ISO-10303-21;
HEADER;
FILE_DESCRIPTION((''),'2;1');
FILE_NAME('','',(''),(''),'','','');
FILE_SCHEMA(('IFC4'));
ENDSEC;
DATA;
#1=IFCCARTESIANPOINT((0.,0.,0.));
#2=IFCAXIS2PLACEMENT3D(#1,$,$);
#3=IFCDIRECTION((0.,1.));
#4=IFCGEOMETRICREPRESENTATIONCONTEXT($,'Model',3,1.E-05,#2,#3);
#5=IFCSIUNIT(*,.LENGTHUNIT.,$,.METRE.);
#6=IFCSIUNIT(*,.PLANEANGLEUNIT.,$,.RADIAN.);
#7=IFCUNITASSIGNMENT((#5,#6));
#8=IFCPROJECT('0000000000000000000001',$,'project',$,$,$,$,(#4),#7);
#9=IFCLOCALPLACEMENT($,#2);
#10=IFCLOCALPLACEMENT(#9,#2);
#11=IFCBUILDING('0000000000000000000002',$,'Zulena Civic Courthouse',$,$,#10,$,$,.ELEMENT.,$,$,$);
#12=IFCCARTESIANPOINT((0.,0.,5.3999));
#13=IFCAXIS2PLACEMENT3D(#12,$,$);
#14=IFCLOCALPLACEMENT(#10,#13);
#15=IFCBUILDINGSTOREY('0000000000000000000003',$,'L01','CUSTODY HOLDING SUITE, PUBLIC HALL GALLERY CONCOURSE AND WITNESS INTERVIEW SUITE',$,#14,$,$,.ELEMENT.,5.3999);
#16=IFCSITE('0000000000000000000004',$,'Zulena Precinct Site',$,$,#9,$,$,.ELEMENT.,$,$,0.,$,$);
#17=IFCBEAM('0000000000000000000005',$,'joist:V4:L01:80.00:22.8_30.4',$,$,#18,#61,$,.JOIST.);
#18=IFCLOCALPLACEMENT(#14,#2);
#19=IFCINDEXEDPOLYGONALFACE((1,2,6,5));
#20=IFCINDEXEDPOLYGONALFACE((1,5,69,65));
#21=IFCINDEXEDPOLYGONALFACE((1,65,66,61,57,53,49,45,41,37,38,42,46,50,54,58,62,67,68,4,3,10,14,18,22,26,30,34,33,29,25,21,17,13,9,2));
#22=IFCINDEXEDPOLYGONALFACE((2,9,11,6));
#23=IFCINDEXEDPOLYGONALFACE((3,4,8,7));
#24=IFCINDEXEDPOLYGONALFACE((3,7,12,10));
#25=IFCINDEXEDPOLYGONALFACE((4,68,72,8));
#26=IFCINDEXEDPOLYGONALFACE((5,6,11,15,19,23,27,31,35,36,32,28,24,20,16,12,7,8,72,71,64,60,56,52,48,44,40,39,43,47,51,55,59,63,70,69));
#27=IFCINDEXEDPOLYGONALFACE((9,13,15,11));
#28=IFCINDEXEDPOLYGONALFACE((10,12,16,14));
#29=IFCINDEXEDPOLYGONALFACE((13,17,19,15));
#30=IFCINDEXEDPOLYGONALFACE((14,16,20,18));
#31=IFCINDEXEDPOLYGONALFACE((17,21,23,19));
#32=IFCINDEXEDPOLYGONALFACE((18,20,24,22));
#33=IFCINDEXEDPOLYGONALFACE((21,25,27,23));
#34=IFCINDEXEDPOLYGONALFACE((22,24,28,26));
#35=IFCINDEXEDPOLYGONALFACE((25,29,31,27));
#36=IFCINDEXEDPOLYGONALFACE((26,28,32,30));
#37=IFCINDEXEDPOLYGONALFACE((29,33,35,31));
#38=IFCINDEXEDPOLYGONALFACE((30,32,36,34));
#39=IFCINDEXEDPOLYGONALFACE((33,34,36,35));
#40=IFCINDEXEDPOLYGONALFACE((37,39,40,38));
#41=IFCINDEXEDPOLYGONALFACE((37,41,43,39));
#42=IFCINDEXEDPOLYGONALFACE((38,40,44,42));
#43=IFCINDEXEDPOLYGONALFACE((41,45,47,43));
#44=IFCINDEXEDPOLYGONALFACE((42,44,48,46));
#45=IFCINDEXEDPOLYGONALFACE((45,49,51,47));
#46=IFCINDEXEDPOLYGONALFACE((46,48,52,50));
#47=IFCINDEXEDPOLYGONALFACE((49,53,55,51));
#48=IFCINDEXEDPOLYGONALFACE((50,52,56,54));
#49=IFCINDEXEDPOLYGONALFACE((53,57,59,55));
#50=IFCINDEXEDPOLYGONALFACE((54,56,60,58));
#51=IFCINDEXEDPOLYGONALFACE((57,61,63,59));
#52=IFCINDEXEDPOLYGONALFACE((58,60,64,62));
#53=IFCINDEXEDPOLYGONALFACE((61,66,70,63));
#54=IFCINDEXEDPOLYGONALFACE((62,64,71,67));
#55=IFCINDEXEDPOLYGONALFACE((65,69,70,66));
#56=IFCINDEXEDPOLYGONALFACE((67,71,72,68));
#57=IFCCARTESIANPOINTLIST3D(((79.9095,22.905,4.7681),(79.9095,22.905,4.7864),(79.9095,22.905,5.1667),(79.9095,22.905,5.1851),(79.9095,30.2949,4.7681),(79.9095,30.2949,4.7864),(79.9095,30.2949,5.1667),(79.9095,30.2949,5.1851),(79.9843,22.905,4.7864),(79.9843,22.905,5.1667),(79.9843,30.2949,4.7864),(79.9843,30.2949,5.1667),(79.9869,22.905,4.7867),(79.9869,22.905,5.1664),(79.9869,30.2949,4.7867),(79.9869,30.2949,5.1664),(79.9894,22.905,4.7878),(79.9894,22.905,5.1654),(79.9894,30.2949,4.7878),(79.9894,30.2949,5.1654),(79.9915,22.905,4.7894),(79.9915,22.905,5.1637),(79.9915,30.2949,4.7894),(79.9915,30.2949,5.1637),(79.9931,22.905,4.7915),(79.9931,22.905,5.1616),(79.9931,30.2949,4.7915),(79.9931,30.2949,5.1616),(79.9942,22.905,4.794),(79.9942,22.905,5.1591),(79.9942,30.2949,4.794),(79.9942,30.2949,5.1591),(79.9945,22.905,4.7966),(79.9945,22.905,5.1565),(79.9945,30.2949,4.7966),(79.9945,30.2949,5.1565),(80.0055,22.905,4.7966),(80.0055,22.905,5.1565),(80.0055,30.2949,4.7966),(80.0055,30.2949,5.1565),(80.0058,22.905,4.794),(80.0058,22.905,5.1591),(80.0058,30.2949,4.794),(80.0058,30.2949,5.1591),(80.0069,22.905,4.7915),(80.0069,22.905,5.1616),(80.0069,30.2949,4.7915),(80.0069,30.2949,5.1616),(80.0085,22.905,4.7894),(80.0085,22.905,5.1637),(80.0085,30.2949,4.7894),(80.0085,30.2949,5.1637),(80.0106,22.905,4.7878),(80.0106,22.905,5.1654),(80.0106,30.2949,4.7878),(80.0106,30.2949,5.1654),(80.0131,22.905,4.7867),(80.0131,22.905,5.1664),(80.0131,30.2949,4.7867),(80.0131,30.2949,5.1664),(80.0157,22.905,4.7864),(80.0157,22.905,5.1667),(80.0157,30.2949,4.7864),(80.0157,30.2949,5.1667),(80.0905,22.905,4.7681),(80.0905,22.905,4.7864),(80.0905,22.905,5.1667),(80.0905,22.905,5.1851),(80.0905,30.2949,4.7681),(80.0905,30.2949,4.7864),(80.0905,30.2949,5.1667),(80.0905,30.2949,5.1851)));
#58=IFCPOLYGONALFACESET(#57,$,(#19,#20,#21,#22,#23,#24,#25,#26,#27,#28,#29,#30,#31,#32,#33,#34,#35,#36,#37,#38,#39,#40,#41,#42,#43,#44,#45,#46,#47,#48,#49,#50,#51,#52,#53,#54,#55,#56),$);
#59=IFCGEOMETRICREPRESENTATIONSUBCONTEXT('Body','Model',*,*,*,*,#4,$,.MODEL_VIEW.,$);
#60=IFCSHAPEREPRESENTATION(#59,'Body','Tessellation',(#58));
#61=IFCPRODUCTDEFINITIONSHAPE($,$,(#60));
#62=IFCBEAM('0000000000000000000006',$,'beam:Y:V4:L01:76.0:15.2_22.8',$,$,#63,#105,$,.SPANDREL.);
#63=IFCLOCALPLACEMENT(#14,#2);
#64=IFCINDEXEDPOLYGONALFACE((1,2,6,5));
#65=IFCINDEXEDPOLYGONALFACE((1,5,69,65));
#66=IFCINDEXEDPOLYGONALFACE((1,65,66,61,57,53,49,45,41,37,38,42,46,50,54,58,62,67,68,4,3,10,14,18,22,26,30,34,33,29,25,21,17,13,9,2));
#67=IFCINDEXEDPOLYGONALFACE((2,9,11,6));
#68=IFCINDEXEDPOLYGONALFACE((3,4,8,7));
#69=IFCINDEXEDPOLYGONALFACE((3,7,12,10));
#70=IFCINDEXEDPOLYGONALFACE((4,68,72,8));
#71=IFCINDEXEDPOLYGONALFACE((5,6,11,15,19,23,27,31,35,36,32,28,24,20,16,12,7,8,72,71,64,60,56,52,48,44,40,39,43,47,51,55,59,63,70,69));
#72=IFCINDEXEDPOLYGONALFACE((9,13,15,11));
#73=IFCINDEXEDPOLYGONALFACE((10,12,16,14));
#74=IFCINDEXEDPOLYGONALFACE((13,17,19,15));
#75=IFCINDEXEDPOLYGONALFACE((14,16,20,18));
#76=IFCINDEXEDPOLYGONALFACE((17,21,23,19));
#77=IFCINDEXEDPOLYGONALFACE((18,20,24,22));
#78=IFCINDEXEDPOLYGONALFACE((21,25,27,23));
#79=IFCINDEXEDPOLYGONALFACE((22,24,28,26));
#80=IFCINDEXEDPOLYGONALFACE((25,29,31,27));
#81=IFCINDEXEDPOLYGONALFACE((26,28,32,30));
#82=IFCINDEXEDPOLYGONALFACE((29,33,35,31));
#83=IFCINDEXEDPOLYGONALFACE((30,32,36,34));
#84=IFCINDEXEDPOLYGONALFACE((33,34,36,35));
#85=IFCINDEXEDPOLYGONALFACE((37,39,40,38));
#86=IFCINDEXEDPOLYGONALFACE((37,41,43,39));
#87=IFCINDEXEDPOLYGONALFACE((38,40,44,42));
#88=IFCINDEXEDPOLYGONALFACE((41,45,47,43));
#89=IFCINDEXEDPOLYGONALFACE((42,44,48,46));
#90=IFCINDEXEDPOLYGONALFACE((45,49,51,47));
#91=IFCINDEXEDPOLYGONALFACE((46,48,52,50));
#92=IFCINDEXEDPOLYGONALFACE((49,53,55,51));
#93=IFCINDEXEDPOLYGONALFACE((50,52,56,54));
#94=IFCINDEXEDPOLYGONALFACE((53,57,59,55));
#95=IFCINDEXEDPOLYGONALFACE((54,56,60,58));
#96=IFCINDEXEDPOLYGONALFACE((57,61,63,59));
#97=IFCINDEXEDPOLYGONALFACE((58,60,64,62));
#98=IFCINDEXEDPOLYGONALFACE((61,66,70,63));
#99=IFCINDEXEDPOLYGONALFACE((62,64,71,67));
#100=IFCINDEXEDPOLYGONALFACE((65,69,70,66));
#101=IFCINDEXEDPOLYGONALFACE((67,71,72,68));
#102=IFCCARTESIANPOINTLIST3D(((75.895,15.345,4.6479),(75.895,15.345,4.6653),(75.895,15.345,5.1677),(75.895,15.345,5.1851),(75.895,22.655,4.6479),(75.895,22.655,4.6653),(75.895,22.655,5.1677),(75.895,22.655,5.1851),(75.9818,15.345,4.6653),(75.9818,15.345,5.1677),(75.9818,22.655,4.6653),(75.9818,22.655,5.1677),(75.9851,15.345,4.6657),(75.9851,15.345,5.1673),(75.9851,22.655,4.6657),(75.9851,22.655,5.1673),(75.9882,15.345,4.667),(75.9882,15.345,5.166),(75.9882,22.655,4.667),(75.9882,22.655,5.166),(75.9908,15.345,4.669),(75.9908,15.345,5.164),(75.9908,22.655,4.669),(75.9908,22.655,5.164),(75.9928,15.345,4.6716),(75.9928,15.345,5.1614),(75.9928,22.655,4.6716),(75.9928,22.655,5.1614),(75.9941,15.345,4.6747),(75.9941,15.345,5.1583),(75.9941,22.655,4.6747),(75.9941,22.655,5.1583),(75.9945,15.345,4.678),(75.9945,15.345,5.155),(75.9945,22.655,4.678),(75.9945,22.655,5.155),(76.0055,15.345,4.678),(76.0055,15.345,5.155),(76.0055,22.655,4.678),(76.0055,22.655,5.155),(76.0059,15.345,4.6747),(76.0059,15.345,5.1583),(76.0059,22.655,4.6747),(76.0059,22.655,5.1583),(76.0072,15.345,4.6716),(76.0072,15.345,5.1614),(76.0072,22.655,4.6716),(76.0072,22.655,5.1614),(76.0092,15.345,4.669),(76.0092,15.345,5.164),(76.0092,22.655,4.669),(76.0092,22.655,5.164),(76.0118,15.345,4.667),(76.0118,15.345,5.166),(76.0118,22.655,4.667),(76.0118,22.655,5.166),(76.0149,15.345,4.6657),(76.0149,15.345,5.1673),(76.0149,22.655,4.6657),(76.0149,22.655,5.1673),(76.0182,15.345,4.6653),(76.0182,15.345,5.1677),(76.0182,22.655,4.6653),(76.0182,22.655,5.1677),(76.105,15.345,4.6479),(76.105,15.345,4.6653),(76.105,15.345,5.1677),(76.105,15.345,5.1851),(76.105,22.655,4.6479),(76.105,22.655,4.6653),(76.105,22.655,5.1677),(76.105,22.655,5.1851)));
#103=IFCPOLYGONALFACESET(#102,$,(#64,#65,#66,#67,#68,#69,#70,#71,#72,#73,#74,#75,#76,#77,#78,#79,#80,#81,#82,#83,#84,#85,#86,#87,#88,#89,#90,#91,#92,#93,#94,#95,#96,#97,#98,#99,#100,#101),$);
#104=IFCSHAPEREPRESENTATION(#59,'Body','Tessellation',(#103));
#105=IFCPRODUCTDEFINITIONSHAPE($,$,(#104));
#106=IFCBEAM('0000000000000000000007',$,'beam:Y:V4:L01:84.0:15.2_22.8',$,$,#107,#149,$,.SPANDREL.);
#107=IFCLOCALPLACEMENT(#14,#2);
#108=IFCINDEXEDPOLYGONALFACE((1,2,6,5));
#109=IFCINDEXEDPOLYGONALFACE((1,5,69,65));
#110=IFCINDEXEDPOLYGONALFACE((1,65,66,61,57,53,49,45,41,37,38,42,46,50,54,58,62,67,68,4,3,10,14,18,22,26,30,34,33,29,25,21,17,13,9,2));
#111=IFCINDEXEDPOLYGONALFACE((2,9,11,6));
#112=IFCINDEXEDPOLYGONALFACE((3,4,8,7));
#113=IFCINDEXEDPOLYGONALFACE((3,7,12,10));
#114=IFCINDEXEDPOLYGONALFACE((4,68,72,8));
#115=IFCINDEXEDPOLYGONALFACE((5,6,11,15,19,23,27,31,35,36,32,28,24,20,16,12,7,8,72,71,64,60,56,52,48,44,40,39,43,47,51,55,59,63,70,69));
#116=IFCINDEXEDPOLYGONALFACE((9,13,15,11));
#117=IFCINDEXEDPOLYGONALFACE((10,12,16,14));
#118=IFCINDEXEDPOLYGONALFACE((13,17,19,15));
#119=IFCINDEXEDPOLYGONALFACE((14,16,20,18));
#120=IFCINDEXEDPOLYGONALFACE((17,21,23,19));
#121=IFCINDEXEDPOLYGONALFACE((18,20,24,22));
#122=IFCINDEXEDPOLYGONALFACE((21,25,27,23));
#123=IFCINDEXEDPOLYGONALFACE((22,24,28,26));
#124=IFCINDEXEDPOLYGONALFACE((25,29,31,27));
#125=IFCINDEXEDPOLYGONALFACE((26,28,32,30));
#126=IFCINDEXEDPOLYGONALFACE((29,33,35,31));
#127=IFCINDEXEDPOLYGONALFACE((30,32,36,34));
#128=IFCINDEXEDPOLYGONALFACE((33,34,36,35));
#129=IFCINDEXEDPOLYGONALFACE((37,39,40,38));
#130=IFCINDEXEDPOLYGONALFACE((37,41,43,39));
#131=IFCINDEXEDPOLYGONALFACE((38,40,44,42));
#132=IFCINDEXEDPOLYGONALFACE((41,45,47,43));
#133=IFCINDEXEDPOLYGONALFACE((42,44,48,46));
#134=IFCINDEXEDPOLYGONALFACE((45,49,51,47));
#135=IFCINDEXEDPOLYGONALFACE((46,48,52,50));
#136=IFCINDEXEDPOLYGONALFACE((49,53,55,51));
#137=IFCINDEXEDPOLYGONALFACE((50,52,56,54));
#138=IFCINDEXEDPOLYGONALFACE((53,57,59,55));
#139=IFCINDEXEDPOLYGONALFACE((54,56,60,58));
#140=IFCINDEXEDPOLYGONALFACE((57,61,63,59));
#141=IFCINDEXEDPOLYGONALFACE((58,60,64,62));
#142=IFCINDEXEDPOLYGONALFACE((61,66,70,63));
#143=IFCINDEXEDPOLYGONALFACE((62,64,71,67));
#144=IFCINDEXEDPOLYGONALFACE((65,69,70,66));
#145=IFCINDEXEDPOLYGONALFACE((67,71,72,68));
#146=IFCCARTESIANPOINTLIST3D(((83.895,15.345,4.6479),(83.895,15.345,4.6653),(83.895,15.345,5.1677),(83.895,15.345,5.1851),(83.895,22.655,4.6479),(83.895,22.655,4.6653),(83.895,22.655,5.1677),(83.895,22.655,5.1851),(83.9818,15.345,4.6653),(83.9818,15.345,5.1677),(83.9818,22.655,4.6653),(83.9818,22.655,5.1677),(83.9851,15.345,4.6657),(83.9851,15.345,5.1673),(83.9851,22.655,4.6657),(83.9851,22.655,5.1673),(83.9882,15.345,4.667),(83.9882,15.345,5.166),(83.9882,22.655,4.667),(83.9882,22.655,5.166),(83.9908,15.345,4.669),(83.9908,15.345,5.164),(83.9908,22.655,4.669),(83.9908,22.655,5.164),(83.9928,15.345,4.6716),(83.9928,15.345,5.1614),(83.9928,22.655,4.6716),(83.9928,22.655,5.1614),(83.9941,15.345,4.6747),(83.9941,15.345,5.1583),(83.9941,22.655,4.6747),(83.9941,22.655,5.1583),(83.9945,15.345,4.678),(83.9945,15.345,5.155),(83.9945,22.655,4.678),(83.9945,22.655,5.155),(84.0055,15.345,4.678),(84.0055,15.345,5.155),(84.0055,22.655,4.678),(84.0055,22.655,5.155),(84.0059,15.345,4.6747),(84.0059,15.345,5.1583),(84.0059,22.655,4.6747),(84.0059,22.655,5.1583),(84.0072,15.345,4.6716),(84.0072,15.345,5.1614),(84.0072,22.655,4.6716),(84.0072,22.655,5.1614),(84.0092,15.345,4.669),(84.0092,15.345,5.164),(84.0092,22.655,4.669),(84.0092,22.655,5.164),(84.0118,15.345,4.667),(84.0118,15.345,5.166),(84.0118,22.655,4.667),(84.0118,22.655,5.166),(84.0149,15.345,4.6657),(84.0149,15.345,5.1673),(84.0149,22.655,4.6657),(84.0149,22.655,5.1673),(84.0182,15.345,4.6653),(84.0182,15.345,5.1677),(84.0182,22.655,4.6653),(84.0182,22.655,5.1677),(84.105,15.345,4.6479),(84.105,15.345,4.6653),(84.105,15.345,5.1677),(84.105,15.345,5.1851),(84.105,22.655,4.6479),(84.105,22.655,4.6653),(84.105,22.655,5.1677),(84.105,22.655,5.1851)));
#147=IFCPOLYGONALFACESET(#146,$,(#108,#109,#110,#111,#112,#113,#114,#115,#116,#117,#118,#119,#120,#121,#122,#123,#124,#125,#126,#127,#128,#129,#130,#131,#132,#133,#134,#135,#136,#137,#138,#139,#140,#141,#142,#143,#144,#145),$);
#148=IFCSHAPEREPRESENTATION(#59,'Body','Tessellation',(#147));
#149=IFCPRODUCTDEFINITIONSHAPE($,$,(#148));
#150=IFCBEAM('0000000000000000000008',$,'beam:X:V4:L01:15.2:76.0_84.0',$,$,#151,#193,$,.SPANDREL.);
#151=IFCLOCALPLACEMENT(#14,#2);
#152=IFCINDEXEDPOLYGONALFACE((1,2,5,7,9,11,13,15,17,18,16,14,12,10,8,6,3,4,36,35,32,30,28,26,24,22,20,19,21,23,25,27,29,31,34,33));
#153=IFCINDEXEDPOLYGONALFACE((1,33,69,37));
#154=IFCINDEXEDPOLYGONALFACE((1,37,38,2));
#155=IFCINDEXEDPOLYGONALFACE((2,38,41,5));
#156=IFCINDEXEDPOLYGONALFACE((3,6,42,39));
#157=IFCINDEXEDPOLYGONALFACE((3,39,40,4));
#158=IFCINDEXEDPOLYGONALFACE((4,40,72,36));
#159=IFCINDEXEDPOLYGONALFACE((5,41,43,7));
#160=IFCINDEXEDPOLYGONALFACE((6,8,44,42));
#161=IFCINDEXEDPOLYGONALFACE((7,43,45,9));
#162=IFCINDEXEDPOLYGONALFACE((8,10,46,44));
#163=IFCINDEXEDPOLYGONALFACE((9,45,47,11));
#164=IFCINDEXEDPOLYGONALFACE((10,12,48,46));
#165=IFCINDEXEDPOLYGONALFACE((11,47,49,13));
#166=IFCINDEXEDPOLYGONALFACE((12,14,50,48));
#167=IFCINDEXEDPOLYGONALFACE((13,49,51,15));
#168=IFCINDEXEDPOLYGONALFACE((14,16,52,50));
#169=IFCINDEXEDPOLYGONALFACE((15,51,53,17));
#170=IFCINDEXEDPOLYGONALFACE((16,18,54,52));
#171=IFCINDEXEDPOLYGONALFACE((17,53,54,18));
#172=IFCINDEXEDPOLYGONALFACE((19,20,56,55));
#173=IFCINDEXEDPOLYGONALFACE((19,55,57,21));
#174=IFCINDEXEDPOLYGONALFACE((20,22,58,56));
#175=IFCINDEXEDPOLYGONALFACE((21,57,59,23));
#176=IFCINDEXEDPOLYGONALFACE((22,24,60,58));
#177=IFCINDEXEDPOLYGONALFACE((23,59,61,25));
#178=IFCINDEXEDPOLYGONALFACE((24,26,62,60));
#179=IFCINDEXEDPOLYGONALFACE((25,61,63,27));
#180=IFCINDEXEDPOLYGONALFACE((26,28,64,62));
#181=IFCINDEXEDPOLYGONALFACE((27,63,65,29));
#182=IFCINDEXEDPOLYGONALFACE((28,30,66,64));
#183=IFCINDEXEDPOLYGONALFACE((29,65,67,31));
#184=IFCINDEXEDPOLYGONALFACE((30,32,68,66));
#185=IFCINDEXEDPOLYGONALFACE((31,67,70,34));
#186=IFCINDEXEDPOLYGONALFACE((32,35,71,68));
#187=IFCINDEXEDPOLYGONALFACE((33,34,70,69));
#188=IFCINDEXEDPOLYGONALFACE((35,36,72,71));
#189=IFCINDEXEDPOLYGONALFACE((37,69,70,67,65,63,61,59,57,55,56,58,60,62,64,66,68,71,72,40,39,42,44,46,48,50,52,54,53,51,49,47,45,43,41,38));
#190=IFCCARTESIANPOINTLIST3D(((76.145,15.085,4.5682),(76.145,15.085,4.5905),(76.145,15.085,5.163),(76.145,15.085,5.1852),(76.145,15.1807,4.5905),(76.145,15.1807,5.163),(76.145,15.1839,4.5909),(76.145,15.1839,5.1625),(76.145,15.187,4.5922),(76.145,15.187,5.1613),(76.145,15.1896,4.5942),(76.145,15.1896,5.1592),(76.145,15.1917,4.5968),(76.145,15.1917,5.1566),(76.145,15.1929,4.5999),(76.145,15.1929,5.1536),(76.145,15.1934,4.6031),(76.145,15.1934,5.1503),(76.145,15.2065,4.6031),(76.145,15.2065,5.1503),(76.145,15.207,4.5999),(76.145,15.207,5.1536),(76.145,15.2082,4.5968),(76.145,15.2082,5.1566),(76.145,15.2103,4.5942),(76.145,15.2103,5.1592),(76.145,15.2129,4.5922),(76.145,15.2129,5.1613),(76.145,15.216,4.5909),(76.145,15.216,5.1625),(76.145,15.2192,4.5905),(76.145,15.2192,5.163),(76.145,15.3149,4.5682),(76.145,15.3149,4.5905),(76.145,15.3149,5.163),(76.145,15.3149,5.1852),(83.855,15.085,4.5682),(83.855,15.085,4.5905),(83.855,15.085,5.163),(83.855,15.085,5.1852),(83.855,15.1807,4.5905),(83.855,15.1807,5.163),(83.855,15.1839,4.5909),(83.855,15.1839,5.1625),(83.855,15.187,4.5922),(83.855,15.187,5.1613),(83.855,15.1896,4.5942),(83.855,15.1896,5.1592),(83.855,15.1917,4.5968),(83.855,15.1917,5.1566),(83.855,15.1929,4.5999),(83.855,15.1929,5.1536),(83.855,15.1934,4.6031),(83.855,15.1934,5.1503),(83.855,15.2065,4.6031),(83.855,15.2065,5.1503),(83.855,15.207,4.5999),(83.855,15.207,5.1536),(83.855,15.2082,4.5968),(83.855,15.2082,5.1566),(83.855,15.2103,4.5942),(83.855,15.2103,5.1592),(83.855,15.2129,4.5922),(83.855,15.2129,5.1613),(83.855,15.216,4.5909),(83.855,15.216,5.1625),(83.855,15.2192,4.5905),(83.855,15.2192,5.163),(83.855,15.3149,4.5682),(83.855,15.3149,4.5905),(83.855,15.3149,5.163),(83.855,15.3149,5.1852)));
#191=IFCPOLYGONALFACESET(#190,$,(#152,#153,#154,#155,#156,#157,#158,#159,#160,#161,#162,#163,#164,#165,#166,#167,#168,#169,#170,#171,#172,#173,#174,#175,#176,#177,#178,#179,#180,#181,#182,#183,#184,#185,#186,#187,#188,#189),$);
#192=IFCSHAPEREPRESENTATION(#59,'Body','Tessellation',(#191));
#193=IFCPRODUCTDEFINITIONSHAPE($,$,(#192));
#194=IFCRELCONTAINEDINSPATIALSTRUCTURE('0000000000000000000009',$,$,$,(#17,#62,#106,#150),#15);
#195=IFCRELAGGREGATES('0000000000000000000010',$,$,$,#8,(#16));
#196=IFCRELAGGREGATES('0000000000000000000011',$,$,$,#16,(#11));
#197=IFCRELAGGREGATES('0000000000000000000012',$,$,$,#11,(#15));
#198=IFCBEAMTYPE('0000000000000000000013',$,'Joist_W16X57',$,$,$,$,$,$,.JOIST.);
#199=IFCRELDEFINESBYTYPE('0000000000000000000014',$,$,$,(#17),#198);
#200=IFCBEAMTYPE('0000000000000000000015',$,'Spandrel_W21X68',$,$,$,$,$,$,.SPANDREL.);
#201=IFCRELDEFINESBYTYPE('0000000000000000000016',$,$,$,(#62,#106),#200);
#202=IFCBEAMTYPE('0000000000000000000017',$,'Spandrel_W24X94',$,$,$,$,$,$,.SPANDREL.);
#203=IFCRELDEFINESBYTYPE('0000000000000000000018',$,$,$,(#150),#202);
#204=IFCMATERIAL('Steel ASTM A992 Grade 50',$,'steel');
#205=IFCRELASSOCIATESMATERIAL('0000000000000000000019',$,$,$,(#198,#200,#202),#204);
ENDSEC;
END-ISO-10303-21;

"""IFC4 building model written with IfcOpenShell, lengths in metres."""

from ifc_helpers import new_model, si_unit, direction, frame, origin, origin_2d, place, context, subcontext, project, spatial, i_section, extrude, material, material_profile, profile_set, type_object, element, save


model = new_model("IFC4")

# Units and contexts
model_context = context("Model", 3, precision=1e-05, world=origin(), true_north=direction((0.0, 1.0)))
body_context = subcontext(model_context, "Body", "Model", "MODEL_VIEW")
ifc_project = project(units=[si_unit("LENGTHUNIT", "METRE"), si_unit("PLANEANGLEUNIT", "RADIAN")], contexts=[model_context])

# Site, building, storey
site_placement = place(None, origin())
site = spatial("IfcSite", under=ifc_project, at=site_placement, Name="Zulena Precinct Site", CompositionType="ELEMENT", RefElevation=0.0)
building_placement = place(site_placement, origin())
building = spatial("IfcBuilding", under=site, at=building_placement, Name="Zulena Civic Courthouse", CompositionType="ELEMENT")
storey_placement = place(building_placement, frame((0.0, 0.0, 5.3999)))
storey = spatial("IfcBuildingStorey", under=building, at=storey_placement, Name="L01", Description="CUSTODY HOLDING SUITE, PUBLIC HALL GALLERY CONCOURSE AND WITNESS INTERVIEW SUITE", CompositionType="ELEMENT", Elevation=5.3999)

# Shared definitions
ifc_material_1 = material(Name="Steel ASTM A992 Grade 50", Category="steel")

# Beams
ifc_material_profile_1 = material_profile(ifc_material_1, i_section(OverallWidth=0.1809, OverallDepth=0.417, WebThickness=0.011, FlangeThickness=0.0183, FilletRadius=0.0103, at=origin_2d()), Name="W16X57")
ifc_profile_set_1 = profile_set([ifc_material_profile_1], Name="Steel ASTM A992 Grade 50")
beam_type_1 = type_object("IfcBeamType", Name="Joist_W16X57", PredefinedType="JOIST", material=ifc_profile_set_1)
beam_1_placement = place(storey_placement, frame((80.0, 22.905, 4.9766), z_axis=(0.0, 1.0, 0.0), x_axis=(-1.0, 0.0, 0.0)))
element("IfcBeam", 1, at=beam_1_placement, inside=storey, type_object=beam_type_1, Name="joist:V4:L01:80.00:22.8_30.4", PredefinedType="JOIST", context=body_context, shape_type="SweptSolid", body=[
    extrude(i_section(OverallWidth=0.1809, OverallDepth=0.417, WebThickness=0.011, FlangeThickness=0.0183, FilletRadius=0.0103, at=origin_2d()), origin(), (0.0, 0.0, 1.0), 7.3899),
])
ifc_material_profile_2 = material_profile(ifc_material_1, i_section(OverallWidth=0.21, OverallDepth=0.5371, WebThickness=0.011, FlangeThickness=0.0173, FilletRadius=0.0127, at=origin_2d()), Name="W21X68")
ifc_profile_set_2 = profile_set([ifc_material_profile_2], Name="Steel ASTM A992 Grade 50")
beam_type_2 = type_object("IfcBeamType", Name="Spandrel_W21X68", PredefinedType="SPANDREL", material=ifc_profile_set_2)
for number, where, z_axis, x_axis, name in (
    (2, (76.0, 15.345, 4.9165), (0.0, 1.0, 0.0), (-1.0, 0.0, 0.0), "beam:Y:V4:L01:76.0:15.2_22.8"),
    (3, (84.0, 15.345, 4.9165), (0.0, 1.0, 0.0), (-1.0, 0.0, 0.0), "beam:Y:V4:L01:84.0:15.2_22.8"),
):
    element("IfcBeam", number, at=place(storey_placement, frame(where, z_axis=z_axis, x_axis=x_axis)), inside=storey, type_object=beam_type_2, Name=name, PredefinedType="SPANDREL", context=body_context, shape_type="SweptSolid", body=[
        extrude(i_section(OverallWidth=0.21, OverallDepth=0.5371, WebThickness=0.011, FlangeThickness=0.0173, FilletRadius=0.0127, at=origin_2d()), origin(), (0.0, 0.0, 1.0), 7.3101),
    ])
ifc_material_profile_3 = material_profile(ifc_material_1, i_section(OverallWidth=0.23, OverallDepth=0.6169, WebThickness=0.0132, FlangeThickness=0.0222, FilletRadius=0.0127, at=origin_2d()), Name="W24X94")
ifc_profile_set_3 = profile_set([ifc_material_profile_3], Name="Steel ASTM A992 Grade 50")
beam_type_3 = type_object("IfcBeamType", Name="Spandrel_W24X94", PredefinedType="SPANDREL", material=ifc_profile_set_3)
beam_2_placement = place(storey_placement, frame((76.145, 15.2, 4.8767), z_axis=(1.0, 0.0, 0.0), x_axis=(0.0, 1.0, 0.0)))
element("IfcBeam", 4, at=beam_2_placement, inside=storey, type_object=beam_type_3, Name="beam:X:V4:L01:15.2:76.0_84.0", PredefinedType="SPANDREL", context=body_context, shape_type="SweptSolid", body=[
    extrude(i_section(OverallWidth=0.23, OverallDepth=0.6169, WebThickness=0.0132, FlangeThickness=0.0222, FilletRadius=0.0127, at=origin_2d()), origin(), (0.0, 0.0, 1.0), 7.71),
])

save(model, "model.ifc")
